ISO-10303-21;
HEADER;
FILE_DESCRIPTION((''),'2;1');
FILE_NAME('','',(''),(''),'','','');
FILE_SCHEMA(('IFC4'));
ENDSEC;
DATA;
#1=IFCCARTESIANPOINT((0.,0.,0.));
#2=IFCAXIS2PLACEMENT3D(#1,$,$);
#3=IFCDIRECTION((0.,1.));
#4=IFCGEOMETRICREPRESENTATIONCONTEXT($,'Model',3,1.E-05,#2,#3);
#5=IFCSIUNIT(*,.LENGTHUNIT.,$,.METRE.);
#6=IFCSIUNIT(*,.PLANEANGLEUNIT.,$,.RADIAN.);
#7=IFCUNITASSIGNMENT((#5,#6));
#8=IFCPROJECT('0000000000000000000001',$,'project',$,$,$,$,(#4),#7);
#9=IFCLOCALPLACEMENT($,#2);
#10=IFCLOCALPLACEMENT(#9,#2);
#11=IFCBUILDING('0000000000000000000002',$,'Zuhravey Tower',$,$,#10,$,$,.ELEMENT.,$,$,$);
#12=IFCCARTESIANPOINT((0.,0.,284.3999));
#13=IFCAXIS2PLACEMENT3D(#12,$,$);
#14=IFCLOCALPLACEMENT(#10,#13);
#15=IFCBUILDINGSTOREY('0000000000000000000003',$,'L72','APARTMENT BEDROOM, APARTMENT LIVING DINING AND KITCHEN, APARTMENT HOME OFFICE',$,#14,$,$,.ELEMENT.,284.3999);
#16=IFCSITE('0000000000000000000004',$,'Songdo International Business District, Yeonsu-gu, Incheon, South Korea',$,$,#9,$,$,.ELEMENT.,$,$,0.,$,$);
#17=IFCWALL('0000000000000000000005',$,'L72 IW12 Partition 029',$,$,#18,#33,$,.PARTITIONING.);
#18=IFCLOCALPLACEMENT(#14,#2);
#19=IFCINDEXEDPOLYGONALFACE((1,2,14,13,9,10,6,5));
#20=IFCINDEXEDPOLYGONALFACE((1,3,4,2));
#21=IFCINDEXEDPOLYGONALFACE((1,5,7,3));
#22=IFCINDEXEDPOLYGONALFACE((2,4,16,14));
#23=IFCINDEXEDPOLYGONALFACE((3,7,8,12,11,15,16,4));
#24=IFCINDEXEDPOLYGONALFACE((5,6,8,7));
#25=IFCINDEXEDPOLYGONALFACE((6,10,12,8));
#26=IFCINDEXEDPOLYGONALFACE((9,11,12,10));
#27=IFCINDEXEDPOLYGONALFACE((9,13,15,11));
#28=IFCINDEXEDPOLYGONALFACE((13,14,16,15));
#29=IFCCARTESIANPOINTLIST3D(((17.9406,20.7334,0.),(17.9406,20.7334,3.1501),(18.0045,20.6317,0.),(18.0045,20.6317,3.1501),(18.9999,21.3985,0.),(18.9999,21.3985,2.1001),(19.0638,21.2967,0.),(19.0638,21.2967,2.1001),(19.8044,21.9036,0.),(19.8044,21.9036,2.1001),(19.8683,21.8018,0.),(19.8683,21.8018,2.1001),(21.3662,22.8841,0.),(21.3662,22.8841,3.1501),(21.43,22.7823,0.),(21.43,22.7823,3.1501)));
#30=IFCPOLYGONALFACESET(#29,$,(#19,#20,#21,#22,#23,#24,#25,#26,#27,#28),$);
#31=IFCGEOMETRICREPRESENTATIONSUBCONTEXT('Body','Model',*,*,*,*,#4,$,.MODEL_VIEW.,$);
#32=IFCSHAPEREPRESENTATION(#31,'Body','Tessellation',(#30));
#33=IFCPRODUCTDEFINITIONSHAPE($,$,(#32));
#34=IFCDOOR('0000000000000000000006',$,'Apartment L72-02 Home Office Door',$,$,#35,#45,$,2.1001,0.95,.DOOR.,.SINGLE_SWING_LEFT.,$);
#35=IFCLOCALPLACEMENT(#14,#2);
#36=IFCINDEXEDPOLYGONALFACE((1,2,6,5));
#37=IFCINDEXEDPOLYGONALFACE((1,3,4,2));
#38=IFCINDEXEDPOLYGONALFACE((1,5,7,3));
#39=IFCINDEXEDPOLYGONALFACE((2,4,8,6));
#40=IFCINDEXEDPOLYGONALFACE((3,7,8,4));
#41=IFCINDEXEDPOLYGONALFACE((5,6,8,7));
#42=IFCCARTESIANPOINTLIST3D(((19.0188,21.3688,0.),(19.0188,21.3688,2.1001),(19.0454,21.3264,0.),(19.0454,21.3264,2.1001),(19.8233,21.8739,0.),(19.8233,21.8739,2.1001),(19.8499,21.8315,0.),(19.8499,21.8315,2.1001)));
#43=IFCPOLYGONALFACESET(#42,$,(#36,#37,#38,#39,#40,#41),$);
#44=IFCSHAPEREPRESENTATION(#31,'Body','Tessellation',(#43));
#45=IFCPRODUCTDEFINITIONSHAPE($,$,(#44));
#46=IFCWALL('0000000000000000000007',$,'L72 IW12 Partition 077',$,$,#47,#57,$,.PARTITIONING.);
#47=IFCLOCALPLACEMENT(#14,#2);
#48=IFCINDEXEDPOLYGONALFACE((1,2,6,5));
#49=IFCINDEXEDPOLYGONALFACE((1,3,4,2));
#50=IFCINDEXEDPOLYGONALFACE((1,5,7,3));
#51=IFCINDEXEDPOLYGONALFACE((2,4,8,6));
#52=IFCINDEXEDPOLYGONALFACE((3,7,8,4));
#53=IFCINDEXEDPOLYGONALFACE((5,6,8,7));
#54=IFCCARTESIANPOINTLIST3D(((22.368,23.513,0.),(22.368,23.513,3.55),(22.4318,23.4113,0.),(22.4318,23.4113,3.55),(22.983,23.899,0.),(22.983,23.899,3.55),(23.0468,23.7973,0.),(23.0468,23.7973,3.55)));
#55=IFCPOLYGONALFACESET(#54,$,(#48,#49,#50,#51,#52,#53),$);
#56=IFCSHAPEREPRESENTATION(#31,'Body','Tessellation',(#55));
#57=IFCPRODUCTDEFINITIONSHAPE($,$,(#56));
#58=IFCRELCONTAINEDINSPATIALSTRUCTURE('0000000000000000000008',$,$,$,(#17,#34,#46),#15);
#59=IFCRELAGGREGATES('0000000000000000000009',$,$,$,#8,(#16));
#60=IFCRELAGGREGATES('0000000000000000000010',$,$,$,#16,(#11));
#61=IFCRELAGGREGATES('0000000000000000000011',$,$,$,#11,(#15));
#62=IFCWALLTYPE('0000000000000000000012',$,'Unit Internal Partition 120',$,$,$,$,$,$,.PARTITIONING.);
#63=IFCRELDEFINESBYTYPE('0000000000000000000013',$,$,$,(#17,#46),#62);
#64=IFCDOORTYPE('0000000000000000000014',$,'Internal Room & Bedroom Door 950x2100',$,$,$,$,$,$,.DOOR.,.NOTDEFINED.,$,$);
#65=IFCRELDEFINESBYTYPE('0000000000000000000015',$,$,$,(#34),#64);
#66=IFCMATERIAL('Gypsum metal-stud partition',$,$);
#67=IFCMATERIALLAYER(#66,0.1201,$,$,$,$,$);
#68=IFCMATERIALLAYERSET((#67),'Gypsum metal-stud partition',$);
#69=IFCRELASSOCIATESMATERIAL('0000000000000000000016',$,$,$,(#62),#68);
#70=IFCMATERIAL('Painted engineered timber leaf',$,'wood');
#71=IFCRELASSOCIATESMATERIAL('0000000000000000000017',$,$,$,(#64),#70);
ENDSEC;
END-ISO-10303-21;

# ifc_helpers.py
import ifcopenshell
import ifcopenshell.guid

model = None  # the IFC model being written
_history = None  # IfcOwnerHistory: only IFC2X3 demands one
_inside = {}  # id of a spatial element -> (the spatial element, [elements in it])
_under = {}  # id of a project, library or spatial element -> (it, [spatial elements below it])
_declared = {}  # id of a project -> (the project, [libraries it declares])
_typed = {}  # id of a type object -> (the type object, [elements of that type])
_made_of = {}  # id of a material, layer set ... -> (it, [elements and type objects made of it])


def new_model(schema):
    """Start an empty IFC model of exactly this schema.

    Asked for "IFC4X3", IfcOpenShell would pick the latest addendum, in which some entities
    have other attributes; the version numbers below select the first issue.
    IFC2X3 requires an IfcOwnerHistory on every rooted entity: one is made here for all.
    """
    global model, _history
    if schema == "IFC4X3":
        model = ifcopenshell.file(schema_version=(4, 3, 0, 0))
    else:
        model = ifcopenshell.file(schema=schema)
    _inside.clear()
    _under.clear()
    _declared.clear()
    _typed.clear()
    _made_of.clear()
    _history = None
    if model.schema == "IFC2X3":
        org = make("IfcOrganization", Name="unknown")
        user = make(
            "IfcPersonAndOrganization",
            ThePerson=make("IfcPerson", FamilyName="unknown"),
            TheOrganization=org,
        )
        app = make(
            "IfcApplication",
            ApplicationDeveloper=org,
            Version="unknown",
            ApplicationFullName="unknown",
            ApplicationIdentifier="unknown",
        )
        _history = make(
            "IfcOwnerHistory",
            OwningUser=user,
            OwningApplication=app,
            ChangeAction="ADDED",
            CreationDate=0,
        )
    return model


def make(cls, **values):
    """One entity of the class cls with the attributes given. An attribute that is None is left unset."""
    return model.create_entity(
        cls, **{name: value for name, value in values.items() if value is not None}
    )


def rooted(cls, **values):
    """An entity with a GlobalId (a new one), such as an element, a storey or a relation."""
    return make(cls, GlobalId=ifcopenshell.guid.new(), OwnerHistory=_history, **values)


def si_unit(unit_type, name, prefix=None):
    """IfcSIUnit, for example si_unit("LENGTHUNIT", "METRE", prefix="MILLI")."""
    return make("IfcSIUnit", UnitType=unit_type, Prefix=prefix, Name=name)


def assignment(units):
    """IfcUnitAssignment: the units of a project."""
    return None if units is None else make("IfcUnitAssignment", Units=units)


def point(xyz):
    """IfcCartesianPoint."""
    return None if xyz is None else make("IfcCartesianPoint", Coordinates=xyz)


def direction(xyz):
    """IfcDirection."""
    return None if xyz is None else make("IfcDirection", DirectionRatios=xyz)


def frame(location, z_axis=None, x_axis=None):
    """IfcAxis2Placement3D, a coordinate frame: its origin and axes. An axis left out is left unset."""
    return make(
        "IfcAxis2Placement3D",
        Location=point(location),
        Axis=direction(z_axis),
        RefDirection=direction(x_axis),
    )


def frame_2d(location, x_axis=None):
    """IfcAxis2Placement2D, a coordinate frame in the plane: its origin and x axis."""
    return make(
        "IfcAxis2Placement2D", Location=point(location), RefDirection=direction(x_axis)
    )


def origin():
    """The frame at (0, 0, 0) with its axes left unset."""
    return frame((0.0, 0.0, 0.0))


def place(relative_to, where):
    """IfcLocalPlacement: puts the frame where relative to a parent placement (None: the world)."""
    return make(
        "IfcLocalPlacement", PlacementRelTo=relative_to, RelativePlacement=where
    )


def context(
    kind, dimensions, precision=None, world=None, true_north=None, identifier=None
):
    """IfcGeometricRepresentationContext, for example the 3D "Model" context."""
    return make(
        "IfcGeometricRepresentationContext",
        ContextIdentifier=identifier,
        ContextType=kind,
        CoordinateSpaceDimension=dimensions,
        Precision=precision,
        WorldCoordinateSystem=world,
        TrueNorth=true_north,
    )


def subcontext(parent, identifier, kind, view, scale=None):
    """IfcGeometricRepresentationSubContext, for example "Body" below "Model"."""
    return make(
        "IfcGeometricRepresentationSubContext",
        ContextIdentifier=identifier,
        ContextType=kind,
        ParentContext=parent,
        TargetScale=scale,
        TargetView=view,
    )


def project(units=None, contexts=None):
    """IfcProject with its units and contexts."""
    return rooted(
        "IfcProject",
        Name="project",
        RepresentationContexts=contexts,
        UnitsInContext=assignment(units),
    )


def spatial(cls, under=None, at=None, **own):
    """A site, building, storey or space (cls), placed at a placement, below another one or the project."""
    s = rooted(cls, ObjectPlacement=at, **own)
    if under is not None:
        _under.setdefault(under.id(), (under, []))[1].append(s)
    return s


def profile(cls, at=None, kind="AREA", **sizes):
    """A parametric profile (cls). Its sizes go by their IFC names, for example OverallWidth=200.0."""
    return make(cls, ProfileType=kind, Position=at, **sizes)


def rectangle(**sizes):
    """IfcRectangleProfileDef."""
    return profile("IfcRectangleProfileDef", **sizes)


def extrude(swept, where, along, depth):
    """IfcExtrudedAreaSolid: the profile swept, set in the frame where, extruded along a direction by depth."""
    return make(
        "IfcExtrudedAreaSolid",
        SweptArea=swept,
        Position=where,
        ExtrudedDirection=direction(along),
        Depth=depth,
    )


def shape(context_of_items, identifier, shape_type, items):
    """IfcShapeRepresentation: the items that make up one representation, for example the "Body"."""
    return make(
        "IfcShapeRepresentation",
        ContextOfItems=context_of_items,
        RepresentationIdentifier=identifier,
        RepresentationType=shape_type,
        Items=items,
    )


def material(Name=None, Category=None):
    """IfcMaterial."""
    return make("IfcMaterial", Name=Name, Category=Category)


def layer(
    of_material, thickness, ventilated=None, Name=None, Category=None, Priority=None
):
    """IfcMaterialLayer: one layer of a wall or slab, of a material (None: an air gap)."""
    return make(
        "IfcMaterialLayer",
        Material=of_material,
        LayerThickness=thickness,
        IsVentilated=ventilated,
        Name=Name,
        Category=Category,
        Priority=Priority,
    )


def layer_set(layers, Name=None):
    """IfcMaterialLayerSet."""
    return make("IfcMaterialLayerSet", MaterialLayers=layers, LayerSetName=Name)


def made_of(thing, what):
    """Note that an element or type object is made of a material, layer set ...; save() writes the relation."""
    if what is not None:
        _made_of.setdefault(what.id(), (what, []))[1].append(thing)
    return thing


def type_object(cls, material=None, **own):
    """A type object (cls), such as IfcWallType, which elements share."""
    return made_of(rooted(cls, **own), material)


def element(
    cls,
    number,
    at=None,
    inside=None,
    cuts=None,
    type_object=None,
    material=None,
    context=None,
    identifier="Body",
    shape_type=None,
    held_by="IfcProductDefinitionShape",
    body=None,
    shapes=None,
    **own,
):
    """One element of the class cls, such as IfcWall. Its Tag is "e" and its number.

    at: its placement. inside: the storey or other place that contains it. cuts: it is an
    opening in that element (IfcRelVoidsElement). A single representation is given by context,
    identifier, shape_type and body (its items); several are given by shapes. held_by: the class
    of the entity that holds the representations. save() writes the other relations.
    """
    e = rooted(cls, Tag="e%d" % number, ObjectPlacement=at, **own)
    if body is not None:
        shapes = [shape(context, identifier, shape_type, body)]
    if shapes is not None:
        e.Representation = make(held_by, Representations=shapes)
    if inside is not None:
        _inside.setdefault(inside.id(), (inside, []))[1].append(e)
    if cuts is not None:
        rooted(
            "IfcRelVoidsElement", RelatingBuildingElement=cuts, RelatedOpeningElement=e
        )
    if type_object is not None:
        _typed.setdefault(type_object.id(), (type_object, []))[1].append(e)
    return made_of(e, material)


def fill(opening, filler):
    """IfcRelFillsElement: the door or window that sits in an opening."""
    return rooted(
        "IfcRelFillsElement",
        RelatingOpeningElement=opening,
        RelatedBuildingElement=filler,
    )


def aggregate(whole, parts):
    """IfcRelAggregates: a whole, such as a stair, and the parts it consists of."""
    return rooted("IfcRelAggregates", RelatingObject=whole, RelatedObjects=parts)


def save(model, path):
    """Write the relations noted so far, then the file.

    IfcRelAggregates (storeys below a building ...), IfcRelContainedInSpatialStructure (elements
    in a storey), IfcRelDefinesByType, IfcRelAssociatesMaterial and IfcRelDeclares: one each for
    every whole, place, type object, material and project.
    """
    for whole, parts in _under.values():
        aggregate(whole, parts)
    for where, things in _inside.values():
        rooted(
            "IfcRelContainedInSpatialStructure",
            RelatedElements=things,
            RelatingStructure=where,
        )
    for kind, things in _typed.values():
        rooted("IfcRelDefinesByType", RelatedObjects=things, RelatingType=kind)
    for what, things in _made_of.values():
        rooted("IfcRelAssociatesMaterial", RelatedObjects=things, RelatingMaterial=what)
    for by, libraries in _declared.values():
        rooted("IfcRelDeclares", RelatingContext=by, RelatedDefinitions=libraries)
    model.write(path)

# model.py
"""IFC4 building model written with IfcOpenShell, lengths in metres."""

from ifc_helpers import new_model, si_unit, direction, frame, frame_2d, origin, place, context, subcontext, project, spatial, rectangle, extrude, material, layer, layer_set, type_object, element, fill, save


model = new_model("IFC4")

# Units and contexts
model_context = context("Model", 3, precision=1e-05, world=origin(), true_north=direction((0.0, 1.0)))
body_context = subcontext(model_context, "Body", "Model", "MODEL_VIEW")
ifc_project = project(units=[si_unit("LENGTHUNIT", "METRE"), si_unit("PLANEANGLEUNIT", "RADIAN")], contexts=[model_context])

# Site, building, storey
site_placement = place(None, origin())
site = spatial("IfcSite", under=ifc_project, at=site_placement, Name="Songdo International Business District, Yeonsu-gu, Incheon, South Korea", CompositionType="ELEMENT", RefElevation=0.0)
building_placement = place(site_placement, origin())
building = spatial("IfcBuilding", under=site, at=building_placement, Name="Zuhravey Tower", CompositionType="ELEMENT")
storey_placement = place(building_placement, frame((0.0, 0.0, 284.3999)))
storey = spatial("IfcBuildingStorey", under=building, at=storey_placement, Name="L72", Description="APARTMENT BEDROOM, APARTMENT LIVING DINING AND KITCHEN, APARTMENT HOME OFFICE", CompositionType="ELEMENT", Elevation=284.3999)

# Wall, opening, door
ifc_material_1 = material(Name="Gypsum metal-stud partition")
ifc_layer_1 = layer(ifc_material_1, 0.1201)
ifc_layer_set_1 = layer_set([ifc_layer_1], Name="Gypsum metal-stud partition")
wall_type_1 = type_object("IfcWallType", Name="Unit Internal Partition 120", PredefinedType="PARTITIONING", material=ifc_layer_set_1)
wall_1_placement = place(storey_placement, frame((21.3982, 22.8333, 0.0), z_axis=(0.0, 0.0, 1.0), x_axis=(-0.846922, -0.531718, 0.0)))
wall_1 = element("IfcWall", 1, at=wall_1_placement, inside=storey, type_object=wall_type_1, Name="L72 IW12 Partition 029", PredefinedType="PARTITIONING", context=body_context, shape_type="SweptSolid", body=[
    extrude(rectangle(XDim=4.0447, YDim=0.1201, at=frame_2d((2.0225, 0.0))), origin(), (0.0, 0.0, 1.0), 3.1501),
])
opening_1_placement = place(wall_1_placement, frame((1.844, 0.0, 0.0)))
opening_1 = element("IfcOpeningElement", 2, at=opening_1_placement, cuts=wall_1, PredefinedType="OPENING", context=body_context, shape_type="SweptSolid", body=[
    extrude(rectangle(XDim=0.95, YDim=2.1001, at=frame_2d((0.4751, 1.05))), frame((0.0, 0.072, 0.0), z_axis=(0.0, -1.0, 0.0), x_axis=(1.0, 0.0, 0.0)), (0.0, 0.0, 1.0), 0.144),
])
ifc_material_2 = material(Name="Painted engineered timber leaf", Category="wood")
door_type_1 = type_object("IfcDoorType", Name="Internal Room & Bedroom Door 950x2100", OperationType="NOTDEFINED", PredefinedType="DOOR", material=ifc_material_2)
door_1_placement = place(opening_1_placement, frame((0.95, 0.0, 0.0), z_axis=(0.0, 0.0, 1.0), x_axis=(-1.0, 0.0, 0.0)))
door_1 = element("IfcDoor", 3, at=door_1_placement, inside=storey, type_object=door_type_1, Name="Apartment L72-02 Home Office Door", OperationType="SINGLE_SWING_LEFT", OverallHeight=2.1001, OverallWidth=0.95, PredefinedType="DOOR", context=body_context, shape_type="SweptSolid", body=[
    extrude(rectangle(XDim=0.95, YDim=2.1001, at=frame_2d((0.4751, 1.05))), frame((0.0, 0.0249, 0.0), z_axis=(0.0, -1.0, 0.0), x_axis=(1.0, 0.0, 0.0)), (0.0, 0.0, 1.0), 0.05),
])
fill(opening_1, door_1)

# Wall
wall_2_placement = place(storey_placement, frame((23.0149, 23.8481, 0.0), z_axis=(0.0, 0.0, 1.0), x_axis=(-0.846996, -0.5316, 0.0)))
element("IfcWall", 4, at=wall_2_placement, inside=storey, type_object=wall_type_1, Name="L72 IW12 Partition 077", PredefinedType="PARTITIONING", context=body_context, shape_type="SweptSolid", body=[
    extrude(rectangle(XDim=0.7261, YDim=0.1201, at=frame_2d((0.363, 0.0))), origin(), (0.0, 0.0, 1.0), 3.55),
])

save(model, "model.ifc")
